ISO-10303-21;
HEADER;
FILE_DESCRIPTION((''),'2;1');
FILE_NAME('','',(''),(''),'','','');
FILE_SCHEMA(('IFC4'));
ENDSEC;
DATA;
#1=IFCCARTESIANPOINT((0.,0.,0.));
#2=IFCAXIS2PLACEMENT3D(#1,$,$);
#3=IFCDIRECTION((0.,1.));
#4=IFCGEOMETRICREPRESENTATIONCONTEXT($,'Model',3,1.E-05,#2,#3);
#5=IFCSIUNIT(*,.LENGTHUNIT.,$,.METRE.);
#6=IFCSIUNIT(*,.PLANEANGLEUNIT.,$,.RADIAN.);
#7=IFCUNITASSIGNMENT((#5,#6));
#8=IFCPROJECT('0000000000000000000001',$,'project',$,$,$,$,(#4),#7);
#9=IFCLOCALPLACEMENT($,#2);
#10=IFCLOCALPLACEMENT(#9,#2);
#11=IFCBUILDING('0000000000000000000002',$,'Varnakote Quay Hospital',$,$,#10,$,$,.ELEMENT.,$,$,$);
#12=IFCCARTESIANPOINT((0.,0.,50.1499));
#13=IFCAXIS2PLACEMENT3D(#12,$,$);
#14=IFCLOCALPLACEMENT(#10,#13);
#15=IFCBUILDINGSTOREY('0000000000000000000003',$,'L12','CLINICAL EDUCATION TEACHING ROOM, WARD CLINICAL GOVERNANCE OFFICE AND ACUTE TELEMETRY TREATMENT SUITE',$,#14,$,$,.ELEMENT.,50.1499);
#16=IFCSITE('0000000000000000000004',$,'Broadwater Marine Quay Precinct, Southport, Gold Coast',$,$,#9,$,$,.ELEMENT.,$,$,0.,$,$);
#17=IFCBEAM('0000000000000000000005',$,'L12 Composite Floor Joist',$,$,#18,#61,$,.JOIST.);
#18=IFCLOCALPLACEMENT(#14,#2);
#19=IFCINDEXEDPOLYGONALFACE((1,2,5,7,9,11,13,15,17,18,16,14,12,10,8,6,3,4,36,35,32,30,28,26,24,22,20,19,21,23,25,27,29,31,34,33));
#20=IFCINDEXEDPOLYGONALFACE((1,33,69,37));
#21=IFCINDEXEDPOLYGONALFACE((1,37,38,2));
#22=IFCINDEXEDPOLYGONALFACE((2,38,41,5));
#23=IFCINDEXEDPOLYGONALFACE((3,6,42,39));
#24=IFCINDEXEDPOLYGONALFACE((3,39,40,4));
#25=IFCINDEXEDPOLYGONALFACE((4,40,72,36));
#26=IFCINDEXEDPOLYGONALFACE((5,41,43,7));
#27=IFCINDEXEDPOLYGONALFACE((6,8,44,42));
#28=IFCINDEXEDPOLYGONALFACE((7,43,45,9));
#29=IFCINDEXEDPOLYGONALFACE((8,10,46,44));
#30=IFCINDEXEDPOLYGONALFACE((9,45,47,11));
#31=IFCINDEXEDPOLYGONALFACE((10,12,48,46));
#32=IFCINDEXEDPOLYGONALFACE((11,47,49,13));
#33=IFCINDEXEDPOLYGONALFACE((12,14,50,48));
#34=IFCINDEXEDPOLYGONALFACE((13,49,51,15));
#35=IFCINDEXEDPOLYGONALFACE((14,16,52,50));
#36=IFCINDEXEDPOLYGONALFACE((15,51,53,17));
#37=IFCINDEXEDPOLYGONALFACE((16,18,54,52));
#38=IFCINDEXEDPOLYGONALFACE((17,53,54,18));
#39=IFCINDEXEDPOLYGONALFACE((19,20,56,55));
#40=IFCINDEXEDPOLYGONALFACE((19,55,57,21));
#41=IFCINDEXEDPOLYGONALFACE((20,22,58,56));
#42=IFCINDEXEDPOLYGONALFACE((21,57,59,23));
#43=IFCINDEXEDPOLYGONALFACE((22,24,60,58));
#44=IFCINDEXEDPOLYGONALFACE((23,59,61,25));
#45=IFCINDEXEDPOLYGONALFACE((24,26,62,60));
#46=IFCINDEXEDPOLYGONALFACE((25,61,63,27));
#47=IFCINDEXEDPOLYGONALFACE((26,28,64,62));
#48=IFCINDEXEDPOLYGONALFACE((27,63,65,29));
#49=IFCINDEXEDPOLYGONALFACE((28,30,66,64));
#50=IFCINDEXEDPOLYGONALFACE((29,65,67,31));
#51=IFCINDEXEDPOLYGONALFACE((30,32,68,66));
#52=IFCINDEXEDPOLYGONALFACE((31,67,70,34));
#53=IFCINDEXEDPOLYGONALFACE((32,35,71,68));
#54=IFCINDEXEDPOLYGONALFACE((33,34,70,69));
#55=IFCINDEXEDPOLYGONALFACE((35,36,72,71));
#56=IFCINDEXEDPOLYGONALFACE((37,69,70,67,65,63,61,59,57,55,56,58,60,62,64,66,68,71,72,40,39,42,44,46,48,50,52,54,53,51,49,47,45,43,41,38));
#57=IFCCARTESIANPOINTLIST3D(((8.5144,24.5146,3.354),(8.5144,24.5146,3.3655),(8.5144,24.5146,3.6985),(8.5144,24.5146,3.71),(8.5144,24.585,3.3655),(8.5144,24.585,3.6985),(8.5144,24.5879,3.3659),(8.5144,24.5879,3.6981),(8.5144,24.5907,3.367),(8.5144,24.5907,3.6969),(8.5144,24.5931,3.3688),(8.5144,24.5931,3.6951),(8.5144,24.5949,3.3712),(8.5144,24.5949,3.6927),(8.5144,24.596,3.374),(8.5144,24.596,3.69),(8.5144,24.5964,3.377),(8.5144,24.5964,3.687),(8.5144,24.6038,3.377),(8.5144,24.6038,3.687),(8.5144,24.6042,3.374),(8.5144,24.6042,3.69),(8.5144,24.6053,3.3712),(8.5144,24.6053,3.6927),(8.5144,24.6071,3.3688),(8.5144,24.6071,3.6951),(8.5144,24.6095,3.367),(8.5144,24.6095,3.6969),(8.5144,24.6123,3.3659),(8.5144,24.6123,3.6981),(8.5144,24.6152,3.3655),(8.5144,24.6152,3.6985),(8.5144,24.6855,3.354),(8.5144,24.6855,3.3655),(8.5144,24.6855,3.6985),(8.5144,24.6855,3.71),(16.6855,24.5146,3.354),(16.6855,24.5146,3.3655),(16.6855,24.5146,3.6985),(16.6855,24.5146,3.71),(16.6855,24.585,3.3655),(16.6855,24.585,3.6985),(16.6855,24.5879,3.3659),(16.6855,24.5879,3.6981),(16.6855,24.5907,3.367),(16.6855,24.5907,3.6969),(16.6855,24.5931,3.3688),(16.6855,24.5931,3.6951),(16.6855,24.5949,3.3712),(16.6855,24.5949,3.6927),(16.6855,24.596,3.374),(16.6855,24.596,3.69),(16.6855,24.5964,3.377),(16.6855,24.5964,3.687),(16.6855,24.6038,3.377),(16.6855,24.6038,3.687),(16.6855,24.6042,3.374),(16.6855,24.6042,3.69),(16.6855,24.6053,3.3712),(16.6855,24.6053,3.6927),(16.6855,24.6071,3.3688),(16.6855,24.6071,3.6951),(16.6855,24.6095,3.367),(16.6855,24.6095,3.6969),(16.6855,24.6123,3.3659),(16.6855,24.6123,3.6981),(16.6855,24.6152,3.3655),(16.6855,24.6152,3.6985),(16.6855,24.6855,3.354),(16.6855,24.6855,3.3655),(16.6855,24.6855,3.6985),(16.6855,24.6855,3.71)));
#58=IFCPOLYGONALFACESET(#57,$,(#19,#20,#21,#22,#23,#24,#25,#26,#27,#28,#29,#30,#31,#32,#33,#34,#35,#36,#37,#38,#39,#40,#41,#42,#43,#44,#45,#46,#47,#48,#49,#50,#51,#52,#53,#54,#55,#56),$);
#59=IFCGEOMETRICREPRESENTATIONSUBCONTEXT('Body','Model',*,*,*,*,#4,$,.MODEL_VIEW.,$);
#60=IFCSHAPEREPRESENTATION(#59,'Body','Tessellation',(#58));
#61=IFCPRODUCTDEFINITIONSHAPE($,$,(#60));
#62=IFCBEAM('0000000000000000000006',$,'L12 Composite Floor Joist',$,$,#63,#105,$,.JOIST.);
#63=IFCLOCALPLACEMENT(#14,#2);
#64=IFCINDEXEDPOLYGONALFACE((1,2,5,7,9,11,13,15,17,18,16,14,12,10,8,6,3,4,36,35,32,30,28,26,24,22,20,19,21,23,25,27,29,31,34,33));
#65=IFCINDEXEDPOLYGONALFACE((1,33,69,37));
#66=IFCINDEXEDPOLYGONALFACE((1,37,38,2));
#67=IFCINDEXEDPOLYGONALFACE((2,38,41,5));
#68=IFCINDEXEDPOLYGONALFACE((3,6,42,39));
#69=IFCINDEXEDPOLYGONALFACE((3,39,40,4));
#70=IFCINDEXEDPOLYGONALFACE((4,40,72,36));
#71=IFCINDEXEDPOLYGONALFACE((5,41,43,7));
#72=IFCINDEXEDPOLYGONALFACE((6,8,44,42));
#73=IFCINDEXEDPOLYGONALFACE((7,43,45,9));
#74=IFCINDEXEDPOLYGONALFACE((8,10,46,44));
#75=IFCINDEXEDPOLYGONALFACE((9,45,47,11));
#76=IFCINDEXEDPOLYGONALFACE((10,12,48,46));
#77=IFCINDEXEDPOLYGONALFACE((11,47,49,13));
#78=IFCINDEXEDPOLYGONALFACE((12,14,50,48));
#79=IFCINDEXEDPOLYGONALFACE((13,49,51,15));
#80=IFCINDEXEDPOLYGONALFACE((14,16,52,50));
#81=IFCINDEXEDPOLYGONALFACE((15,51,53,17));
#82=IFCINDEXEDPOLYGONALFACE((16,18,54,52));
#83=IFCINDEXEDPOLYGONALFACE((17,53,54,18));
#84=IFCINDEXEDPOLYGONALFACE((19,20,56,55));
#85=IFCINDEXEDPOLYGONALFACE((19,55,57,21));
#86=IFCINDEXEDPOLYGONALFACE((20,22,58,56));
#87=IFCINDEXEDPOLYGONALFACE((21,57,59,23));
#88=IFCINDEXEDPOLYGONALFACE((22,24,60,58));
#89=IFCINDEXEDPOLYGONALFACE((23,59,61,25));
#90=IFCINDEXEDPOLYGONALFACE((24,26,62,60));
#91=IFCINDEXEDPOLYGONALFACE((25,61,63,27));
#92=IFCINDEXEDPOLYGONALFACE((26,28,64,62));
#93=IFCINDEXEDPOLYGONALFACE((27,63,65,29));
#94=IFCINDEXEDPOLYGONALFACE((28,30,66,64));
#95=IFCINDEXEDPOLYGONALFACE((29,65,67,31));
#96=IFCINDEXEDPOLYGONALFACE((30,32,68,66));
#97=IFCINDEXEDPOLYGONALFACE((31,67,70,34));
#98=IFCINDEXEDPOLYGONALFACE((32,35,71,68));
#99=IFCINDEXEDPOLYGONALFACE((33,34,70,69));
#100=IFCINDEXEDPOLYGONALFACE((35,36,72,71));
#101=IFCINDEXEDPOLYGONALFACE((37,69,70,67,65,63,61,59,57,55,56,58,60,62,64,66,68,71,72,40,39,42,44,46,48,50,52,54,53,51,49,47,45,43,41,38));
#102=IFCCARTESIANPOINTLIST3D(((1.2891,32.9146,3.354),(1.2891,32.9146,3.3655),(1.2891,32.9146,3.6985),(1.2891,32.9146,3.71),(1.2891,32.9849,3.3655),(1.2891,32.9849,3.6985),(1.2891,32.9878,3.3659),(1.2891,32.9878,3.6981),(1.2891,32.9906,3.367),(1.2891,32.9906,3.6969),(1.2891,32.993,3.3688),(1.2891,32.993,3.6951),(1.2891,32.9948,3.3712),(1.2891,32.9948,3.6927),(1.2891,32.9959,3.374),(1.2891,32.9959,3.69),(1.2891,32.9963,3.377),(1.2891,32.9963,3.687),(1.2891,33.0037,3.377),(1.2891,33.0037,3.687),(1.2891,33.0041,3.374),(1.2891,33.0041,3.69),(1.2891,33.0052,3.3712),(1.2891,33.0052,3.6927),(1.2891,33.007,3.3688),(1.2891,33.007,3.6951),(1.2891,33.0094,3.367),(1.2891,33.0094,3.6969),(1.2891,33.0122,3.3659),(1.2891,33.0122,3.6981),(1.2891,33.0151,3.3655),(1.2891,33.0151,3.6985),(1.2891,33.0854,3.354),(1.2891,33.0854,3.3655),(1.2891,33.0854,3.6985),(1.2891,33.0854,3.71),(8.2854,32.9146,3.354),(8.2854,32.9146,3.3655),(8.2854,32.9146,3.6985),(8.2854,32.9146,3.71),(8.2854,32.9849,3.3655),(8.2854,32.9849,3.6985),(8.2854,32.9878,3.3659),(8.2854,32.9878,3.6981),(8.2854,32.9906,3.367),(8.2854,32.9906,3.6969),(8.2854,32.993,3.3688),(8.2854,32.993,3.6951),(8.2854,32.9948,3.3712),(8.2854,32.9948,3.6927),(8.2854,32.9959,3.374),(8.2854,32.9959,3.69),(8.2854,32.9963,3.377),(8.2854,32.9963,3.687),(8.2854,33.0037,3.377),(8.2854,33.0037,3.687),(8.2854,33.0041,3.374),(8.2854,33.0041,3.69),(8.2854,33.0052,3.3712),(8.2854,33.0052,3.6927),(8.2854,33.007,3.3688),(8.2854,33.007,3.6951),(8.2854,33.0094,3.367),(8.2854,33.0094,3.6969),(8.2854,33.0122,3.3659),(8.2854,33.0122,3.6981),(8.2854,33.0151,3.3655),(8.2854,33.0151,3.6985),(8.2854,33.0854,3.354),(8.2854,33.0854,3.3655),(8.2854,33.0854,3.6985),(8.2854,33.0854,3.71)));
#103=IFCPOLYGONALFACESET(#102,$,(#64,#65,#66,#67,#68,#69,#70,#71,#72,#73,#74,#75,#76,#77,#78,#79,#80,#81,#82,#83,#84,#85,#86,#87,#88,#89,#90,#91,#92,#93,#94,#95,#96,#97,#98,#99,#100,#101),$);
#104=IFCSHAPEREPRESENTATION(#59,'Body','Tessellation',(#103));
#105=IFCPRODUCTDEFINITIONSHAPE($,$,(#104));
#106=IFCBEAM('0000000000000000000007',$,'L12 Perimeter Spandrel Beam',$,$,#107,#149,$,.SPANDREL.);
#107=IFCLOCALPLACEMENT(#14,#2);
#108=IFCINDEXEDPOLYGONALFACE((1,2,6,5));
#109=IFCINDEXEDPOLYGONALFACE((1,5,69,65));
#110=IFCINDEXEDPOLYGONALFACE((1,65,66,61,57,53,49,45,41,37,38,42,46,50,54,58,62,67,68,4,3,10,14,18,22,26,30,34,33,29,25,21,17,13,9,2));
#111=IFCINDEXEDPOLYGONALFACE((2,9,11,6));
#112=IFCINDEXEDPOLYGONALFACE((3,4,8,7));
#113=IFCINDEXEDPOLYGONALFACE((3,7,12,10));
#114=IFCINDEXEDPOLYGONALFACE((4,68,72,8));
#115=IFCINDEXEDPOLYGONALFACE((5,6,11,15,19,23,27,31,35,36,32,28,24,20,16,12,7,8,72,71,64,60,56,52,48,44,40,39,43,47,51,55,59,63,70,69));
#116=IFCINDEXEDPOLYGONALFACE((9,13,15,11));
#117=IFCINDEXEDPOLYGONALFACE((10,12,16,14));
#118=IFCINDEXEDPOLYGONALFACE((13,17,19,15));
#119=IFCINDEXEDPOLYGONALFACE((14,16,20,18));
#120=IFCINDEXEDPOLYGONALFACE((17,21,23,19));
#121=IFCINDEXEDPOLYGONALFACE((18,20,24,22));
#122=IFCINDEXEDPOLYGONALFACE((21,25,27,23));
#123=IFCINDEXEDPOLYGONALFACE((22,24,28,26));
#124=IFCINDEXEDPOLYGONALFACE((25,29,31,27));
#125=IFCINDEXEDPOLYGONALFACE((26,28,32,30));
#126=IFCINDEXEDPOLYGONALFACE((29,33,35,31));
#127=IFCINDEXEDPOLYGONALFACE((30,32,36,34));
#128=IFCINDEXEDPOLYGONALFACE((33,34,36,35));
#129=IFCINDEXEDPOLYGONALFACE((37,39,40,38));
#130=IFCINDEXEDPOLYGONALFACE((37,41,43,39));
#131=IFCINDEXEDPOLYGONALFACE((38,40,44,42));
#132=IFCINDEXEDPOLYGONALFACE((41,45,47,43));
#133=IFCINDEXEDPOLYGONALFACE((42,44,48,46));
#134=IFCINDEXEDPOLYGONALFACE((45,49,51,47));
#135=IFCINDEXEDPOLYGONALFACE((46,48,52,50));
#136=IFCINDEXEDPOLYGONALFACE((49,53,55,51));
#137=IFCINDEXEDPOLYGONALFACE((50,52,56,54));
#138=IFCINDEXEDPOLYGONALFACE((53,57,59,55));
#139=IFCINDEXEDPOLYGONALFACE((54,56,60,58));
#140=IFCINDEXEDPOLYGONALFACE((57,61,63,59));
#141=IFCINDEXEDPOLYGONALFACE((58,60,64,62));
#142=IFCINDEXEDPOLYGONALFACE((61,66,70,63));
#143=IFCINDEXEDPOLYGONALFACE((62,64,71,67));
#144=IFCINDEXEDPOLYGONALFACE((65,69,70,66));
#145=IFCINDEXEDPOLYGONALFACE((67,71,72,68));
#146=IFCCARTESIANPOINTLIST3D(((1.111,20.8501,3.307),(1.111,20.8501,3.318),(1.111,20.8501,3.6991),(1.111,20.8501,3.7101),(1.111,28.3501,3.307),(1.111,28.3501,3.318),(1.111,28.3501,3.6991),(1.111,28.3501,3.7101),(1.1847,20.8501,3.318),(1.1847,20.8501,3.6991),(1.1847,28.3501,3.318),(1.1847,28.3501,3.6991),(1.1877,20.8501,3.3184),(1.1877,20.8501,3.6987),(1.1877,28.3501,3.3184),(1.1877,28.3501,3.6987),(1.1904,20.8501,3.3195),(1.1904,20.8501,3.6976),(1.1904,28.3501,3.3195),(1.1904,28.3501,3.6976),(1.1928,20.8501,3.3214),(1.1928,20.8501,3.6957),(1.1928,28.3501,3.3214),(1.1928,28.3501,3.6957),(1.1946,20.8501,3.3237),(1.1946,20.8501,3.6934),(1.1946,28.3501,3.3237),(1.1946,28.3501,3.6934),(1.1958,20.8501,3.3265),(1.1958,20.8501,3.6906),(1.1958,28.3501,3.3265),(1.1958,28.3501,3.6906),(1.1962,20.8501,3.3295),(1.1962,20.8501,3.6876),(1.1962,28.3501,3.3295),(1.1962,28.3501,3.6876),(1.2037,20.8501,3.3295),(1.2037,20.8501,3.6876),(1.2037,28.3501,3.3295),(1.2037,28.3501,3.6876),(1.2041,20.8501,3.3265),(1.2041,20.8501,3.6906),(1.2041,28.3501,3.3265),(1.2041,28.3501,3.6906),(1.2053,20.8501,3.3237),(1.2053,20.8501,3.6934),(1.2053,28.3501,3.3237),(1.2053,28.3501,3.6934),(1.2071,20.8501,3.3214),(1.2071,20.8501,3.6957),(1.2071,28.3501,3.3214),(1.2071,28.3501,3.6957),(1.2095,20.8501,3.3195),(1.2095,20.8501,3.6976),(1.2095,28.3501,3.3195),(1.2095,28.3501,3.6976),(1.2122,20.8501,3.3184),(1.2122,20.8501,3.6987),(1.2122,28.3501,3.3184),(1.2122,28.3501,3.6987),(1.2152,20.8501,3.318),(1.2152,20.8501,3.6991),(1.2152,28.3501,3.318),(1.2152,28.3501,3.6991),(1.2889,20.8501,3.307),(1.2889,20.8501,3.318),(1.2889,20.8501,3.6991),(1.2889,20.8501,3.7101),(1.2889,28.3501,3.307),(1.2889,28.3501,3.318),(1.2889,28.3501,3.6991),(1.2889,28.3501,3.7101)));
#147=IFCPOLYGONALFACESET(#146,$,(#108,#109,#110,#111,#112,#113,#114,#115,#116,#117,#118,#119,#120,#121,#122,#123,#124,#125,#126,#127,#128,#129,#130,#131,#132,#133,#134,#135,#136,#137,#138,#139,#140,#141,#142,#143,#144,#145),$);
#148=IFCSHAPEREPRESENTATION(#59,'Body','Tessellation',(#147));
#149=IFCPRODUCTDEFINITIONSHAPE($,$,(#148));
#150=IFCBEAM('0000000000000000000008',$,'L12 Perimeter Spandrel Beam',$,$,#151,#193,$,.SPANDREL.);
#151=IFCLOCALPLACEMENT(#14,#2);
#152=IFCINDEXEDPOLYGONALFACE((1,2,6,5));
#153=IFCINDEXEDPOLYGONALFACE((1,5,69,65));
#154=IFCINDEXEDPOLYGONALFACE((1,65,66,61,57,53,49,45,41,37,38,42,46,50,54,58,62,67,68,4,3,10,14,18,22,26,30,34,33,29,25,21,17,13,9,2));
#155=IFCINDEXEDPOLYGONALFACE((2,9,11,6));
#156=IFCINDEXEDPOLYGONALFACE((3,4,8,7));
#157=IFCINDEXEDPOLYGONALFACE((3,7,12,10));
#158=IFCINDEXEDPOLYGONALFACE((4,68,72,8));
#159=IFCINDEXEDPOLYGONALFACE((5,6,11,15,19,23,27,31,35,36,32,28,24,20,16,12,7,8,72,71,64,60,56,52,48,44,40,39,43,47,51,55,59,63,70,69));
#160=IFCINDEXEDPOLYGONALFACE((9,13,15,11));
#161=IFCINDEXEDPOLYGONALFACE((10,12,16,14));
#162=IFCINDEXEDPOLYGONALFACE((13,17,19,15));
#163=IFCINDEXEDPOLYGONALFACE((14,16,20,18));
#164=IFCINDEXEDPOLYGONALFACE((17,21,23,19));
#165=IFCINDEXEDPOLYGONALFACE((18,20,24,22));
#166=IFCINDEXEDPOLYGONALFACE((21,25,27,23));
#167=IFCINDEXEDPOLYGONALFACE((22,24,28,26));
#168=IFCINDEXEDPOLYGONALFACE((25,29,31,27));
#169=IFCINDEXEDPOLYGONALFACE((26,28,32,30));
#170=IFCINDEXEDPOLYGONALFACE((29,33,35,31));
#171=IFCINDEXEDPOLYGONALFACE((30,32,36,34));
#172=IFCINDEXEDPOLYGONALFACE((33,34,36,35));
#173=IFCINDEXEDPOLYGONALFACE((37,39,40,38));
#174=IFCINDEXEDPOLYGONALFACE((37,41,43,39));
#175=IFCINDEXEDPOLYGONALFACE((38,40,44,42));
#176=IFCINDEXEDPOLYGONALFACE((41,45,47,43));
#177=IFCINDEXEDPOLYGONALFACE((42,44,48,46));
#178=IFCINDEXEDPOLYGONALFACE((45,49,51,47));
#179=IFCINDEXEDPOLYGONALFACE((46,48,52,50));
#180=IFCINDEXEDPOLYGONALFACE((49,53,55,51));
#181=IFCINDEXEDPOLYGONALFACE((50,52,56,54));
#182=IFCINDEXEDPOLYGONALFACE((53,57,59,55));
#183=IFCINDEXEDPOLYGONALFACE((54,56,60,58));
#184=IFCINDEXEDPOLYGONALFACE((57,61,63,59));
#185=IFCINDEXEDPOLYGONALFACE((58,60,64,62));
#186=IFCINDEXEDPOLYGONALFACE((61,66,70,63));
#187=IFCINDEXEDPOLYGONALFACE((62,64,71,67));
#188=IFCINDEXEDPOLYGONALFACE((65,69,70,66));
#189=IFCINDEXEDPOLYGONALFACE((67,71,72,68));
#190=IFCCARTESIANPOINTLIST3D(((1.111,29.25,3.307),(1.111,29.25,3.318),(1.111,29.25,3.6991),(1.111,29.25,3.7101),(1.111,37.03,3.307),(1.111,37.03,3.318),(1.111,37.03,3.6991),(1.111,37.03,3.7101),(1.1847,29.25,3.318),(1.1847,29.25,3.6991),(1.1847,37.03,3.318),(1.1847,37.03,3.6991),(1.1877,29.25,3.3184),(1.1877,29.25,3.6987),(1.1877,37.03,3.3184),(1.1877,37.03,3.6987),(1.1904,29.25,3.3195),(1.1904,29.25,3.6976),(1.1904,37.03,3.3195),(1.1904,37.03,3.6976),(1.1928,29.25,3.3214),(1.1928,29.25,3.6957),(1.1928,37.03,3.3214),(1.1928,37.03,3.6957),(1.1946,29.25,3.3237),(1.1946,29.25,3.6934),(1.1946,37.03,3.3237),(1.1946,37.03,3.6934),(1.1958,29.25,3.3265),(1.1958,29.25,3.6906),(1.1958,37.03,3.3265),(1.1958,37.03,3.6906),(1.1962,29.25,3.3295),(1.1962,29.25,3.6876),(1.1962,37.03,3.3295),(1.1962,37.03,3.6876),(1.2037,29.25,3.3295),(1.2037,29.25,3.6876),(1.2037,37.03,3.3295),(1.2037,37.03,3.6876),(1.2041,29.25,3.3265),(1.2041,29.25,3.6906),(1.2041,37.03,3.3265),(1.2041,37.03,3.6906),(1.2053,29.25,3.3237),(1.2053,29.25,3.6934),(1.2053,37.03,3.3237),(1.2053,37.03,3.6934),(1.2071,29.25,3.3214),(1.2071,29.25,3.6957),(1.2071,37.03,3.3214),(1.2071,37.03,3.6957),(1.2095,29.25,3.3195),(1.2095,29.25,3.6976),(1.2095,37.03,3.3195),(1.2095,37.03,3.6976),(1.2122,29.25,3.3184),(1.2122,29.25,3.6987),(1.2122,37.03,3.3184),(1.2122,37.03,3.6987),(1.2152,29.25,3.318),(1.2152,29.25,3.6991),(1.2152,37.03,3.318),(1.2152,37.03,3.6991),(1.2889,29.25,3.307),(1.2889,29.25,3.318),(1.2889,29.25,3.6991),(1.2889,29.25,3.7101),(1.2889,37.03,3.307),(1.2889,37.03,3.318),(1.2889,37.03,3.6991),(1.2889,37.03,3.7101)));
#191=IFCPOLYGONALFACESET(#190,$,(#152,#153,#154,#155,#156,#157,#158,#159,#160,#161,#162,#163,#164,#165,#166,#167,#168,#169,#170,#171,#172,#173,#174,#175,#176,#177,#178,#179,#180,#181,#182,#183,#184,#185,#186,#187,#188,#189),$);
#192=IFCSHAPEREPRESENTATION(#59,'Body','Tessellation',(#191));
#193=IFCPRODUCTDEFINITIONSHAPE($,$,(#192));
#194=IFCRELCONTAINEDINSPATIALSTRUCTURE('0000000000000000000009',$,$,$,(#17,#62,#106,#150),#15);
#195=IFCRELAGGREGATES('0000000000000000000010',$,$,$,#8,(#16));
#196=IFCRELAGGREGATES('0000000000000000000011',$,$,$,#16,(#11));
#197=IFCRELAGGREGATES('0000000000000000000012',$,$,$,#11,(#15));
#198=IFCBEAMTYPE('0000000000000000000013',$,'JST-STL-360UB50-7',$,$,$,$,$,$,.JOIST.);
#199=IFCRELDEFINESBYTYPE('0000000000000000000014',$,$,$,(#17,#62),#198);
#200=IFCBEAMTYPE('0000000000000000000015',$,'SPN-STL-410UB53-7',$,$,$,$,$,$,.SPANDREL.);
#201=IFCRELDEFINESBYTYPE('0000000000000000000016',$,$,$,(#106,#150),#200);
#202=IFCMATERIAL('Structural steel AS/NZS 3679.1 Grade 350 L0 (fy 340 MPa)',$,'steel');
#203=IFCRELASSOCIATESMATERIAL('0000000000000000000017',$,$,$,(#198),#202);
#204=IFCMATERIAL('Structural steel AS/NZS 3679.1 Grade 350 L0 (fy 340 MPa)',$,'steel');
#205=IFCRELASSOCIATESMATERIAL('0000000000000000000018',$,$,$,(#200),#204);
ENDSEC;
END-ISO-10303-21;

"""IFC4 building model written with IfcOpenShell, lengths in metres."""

from ifc_helpers import new_model, si_unit, direction, frame, origin, origin_2d, place, context, subcontext, project, spatial, i_section, extrude, material, material_profile, profile_set, type_object, element, save


model = new_model("IFC4")

# Units and contexts
model_context = context("Model", 3, precision=1e-05, world=origin(), true_north=direction((0.0, 1.0)))
body_context = subcontext(model_context, "Body", "Model", "MODEL_VIEW")
ifc_project = project(units=[si_unit("LENGTHUNIT", "METRE"), si_unit("PLANEANGLEUNIT", "RADIAN")], contexts=[model_context])

# Site, building, storey
site_placement = place(None, origin())
site = spatial("IfcSite", under=ifc_project, at=site_placement, Name="Broadwater Marine Quay Precinct, Southport, Gold Coast", CompositionType="ELEMENT", RefElevation=0.0)
building_placement = place(site_placement, origin())
building = spatial("IfcBuilding", under=site, at=building_placement, Name="Varnakote Quay Hospital", CompositionType="ELEMENT")
storey_placement = place(building_placement, frame((0.0, 0.0, 50.1499)))
storey = spatial("IfcBuildingStorey", under=building, at=storey_placement, Name="L12", Description="CLINICAL EDUCATION TEACHING ROOM, WARD CLINICAL GOVERNANCE OFFICE AND ACUTE TELEMETRY TREATMENT SUITE", CompositionType="ELEMENT", Elevation=50.1499)

# Beams
ifc_material_1 = material(Name="Structural steel AS/NZS 3679.1 Grade 350 L0 (fy 340 MPa)", Category="steel")
ifc_material_profile_1 = material_profile(ifc_material_1, i_section(OverallWidth=0.1709, OverallDepth=0.356, WebThickness=0.0073, FlangeThickness=0.0115, FilletRadius=0.0115, at=origin_2d()), Name="360UB50.7")
ifc_profile_set_1 = profile_set([ifc_material_profile_1], Name="Structural steel AS/NZS 3679.1 Grade 350 L0 (fy 340 MPa)")
beam_type_1 = type_object("IfcBeamType", Name="JST-STL-360UB50-7", PredefinedType="JOIST", material=ifc_profile_set_1)
beam_1_placement = place(storey_placement, frame((8.5144, 24.6001, 3.532), z_axis=(1.0, 0.0, 0.0), x_axis=(0.0, 1.0, 0.0)))
element("IfcBeam", 1, at=beam_1_placement, inside=storey, type_object=beam_type_1, Name="L12 Composite Floor Joist", PredefinedType="JOIST", context=body_context, shape_type="SweptSolid", body=[
    extrude(i_section(OverallWidth=0.1709, OverallDepth=0.356, WebThickness=0.0073, FlangeThickness=0.0115, FilletRadius=0.0115, at=origin_2d()), origin(), (0.0, 0.0, 1.0), 8.1711),
])
beam_2_placement = place(storey_placement, frame((1.2891, 33.0, 3.532), z_axis=(1.0, 0.0, 0.0), x_axis=(0.0, 1.0, 0.0)))
element("IfcBeam", 2, at=beam_2_placement, inside=storey, type_object=beam_type_1, Name="L12 Composite Floor Joist", PredefinedType="JOIST", context=body_context, shape_type="SweptSolid", body=[
    extrude(i_section(OverallWidth=0.1709, OverallDepth=0.356, WebThickness=0.0073, FlangeThickness=0.0115, FilletRadius=0.0115, at=origin_2d()), origin(), (0.0, 0.0, 1.0), 6.9963),
])
ifc_material_2 = material(Name="Structural steel AS/NZS 3679.1 Grade 350 L0 (fy 340 MPa)", Category="steel")
ifc_material_profile_2 = material_profile(ifc_material_2, i_section(OverallWidth=0.178, OverallDepth=0.4031, WebThickness=0.0076, FlangeThickness=0.011, FilletRadius=0.0115, at=origin_2d()), Name="410UB53.7")
ifc_profile_set_2 = profile_set([ifc_material_profile_2], Name="Structural steel AS/NZS 3679.1 Grade 350 L0 (fy 340 MPa)")
beam_type_2 = type_object("IfcBeamType", Name="SPN-STL-410UB53-7", PredefinedType="SPANDREL", material=ifc_profile_set_2)
beam_3_placement = place(storey_placement, frame((1.2, 20.8501, 3.5085), z_axis=(0.0, 1.0, 0.0), x_axis=(-1.0, 0.0, 0.0)))
element("IfcBeam", 3, at=beam_3_placement, inside=storey, type_object=beam_type_2, Name="L12 Perimeter Spandrel Beam", PredefinedType="SPANDREL", context=body_context, shape_type="SweptSolid", body=[
    extrude(i_section(OverallWidth=0.178, OverallDepth=0.4031, WebThickness=0.0076, FlangeThickness=0.011, FilletRadius=0.0115, at=origin_2d()), origin(), (0.0, 0.0, 1.0), 7.5),
])
beam_4_placement = place(storey_placement, frame((1.2, 29.25, 3.5085), z_axis=(0.0, 1.0, 0.0), x_axis=(-1.0, 0.0, 0.0)))
element("IfcBeam", 4, at=beam_4_placement, inside=storey, type_object=beam_type_2, Name="L12 Perimeter Spandrel Beam", PredefinedType="SPANDREL", context=body_context, shape_type="SweptSolid", body=[
    extrude(i_section(OverallWidth=0.178, OverallDepth=0.4031, WebThickness=0.0076, FlangeThickness=0.011, FilletRadius=0.0115, at=origin_2d()), origin(), (0.0, 0.0, 1.0), 7.78),
])

save(model, "model.ifc")
